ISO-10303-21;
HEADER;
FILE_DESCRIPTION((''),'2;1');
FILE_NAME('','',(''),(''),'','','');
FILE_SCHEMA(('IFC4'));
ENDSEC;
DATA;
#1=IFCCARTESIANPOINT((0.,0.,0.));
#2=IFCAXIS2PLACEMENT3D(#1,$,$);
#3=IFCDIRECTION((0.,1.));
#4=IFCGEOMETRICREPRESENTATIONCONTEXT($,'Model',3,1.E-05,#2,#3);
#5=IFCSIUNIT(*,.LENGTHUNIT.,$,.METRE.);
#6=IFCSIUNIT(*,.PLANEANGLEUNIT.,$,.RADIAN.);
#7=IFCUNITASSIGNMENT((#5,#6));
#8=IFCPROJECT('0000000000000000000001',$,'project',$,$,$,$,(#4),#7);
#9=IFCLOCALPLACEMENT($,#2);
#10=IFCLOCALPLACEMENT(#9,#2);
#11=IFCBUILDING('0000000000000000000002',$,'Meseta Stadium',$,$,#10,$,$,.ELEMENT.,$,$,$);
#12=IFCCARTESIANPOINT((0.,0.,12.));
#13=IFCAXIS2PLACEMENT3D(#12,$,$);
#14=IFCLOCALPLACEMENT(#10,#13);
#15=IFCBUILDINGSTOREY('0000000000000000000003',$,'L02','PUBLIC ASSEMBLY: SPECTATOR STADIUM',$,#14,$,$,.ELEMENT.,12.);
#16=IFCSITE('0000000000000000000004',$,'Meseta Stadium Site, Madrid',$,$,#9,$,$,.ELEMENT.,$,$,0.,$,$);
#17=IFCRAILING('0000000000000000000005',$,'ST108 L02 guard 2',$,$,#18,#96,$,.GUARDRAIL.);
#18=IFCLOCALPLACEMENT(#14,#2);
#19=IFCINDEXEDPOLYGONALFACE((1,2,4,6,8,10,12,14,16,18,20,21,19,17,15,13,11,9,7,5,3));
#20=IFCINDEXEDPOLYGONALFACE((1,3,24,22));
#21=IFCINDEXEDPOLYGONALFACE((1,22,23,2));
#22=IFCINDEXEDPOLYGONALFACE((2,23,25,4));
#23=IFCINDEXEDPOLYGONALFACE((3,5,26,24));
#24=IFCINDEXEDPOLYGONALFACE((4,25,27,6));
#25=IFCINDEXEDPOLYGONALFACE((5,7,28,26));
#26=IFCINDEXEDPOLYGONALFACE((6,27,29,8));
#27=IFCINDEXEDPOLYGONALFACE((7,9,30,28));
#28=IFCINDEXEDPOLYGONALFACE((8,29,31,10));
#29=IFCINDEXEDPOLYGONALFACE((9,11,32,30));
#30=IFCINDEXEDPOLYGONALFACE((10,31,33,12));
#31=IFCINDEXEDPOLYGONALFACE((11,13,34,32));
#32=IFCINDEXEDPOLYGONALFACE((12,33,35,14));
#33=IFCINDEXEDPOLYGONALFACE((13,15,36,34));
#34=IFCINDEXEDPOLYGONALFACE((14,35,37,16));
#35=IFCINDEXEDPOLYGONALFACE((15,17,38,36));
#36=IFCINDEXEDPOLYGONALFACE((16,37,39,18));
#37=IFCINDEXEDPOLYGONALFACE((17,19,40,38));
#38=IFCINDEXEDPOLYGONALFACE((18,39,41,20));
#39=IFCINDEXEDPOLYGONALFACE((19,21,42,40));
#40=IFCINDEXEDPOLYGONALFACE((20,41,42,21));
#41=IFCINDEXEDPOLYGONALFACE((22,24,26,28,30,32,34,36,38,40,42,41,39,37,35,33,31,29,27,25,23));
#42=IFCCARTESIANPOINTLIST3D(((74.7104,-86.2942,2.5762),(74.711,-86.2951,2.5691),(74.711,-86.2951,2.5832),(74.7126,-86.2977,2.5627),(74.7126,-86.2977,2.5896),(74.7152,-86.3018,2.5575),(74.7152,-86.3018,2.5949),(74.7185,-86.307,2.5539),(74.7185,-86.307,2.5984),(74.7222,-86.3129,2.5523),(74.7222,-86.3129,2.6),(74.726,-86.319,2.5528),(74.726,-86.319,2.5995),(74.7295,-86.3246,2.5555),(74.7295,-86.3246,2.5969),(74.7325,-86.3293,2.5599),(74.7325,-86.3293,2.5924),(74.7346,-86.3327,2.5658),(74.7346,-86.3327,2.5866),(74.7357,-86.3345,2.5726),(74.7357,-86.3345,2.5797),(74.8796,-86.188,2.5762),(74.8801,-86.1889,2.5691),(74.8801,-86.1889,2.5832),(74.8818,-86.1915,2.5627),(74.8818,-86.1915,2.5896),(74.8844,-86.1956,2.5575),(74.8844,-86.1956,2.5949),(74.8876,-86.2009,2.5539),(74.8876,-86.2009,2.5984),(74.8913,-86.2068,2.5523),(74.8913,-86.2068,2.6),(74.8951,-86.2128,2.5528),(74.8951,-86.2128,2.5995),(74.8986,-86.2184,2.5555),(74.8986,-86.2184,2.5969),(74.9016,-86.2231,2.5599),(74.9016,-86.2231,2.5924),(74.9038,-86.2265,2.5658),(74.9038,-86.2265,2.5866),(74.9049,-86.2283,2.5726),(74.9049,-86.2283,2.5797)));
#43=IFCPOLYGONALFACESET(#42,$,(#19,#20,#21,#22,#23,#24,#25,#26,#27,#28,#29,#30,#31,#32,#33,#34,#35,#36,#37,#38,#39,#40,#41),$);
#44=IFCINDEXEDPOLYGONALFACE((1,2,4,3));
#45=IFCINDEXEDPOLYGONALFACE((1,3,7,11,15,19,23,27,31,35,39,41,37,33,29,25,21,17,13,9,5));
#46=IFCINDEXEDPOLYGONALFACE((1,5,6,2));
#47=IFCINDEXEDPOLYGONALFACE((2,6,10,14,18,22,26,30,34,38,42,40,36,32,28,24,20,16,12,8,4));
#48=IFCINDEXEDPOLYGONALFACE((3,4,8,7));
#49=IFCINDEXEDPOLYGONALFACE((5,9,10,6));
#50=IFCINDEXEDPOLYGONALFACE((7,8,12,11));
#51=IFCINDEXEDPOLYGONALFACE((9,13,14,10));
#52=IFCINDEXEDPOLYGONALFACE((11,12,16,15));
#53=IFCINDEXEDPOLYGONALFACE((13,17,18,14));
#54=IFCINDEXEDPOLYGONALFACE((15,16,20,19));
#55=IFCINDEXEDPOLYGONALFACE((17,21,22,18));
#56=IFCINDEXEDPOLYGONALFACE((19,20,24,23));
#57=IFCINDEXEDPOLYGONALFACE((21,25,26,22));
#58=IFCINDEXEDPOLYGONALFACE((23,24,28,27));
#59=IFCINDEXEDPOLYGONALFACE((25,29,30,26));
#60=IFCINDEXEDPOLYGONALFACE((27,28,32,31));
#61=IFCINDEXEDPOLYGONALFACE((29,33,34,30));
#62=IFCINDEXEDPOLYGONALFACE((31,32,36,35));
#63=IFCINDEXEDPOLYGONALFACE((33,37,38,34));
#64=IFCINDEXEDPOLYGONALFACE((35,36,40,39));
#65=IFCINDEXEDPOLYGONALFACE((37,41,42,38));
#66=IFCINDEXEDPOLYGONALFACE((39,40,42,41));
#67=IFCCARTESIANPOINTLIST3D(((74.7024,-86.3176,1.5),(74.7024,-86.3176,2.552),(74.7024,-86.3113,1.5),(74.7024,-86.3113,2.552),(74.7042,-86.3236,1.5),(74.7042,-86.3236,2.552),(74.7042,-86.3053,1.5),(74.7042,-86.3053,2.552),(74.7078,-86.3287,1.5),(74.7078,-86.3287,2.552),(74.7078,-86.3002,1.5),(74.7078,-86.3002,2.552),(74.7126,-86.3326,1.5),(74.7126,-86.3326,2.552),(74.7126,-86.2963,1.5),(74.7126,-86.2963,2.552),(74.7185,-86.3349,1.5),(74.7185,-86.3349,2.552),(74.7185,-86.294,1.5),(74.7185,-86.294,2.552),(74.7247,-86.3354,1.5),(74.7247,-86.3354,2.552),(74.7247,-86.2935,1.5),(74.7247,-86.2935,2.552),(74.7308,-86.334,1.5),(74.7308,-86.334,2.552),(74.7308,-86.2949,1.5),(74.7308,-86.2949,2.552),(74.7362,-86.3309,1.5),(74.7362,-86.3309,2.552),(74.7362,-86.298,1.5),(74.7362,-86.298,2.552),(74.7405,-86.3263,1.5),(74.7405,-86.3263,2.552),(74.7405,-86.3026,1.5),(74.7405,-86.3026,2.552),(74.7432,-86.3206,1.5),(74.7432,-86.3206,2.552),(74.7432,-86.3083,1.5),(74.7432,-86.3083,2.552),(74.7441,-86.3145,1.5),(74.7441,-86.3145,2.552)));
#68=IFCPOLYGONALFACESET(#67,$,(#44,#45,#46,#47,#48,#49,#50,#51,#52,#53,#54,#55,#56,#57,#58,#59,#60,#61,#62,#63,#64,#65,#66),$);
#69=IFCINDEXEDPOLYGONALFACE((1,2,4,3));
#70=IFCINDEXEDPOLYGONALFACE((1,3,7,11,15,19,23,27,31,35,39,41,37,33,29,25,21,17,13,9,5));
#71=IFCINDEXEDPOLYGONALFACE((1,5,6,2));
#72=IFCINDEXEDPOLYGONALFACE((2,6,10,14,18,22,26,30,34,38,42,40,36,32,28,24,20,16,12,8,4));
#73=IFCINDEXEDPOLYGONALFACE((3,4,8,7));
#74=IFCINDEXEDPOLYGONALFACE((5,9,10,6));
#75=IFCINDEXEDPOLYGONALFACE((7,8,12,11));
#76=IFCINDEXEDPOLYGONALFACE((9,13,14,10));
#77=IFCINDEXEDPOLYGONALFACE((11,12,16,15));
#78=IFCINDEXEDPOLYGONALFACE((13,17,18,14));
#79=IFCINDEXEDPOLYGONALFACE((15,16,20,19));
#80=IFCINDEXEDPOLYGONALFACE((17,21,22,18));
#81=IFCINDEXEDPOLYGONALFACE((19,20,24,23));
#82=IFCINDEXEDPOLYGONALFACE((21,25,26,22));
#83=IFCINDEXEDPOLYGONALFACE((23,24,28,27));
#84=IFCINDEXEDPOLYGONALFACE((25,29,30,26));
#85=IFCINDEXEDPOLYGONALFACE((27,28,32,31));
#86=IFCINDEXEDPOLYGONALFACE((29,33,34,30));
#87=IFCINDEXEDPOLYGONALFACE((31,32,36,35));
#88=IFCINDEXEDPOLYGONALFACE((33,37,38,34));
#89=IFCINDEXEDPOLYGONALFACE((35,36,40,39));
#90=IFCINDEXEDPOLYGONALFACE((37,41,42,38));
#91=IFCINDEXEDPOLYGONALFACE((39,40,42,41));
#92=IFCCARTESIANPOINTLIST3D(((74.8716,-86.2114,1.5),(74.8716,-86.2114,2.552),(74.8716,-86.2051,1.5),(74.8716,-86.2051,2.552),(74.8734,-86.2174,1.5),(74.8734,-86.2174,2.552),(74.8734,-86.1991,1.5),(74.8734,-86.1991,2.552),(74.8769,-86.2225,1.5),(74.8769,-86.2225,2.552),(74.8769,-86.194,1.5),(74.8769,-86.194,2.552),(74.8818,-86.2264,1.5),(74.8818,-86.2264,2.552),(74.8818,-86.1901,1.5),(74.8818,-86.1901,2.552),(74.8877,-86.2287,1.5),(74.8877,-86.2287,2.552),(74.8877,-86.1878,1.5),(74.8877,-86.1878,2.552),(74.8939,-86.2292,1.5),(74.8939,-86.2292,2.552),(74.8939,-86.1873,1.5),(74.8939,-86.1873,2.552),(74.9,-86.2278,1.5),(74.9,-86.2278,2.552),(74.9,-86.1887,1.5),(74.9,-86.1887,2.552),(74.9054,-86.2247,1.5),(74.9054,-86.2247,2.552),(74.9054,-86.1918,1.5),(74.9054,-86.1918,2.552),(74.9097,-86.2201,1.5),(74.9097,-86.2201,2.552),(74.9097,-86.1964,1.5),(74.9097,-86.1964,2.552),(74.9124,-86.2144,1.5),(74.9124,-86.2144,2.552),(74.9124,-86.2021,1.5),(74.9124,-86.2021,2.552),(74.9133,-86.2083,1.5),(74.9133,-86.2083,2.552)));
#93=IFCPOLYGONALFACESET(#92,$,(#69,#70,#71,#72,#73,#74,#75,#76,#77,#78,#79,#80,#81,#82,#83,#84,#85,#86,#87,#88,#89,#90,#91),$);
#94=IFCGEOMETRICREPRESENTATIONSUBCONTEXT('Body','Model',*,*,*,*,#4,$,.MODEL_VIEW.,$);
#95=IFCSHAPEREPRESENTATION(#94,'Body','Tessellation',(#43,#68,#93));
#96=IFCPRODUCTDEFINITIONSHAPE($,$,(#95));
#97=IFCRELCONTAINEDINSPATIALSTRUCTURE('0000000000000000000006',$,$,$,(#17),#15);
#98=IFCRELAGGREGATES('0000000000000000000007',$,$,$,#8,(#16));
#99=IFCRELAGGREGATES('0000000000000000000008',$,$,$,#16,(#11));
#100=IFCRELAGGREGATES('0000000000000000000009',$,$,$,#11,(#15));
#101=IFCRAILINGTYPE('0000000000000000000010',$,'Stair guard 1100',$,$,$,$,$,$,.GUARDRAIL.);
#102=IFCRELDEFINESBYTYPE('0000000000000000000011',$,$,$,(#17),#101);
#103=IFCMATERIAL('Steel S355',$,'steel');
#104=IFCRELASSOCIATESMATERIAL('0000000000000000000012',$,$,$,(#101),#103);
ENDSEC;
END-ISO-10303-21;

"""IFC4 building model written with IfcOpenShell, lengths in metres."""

from ifc_helpers import new_model, si_unit, direction, frame, origin, origin_2d, place, context, subcontext, project, spatial, circle, extrude, material, type_object, element, save


model = new_model("IFC4")

# Units and contexts
model_context = context("Model", 3, precision=1e-05, world=origin(), true_north=direction((0.0, 1.0)))
body_context = subcontext(model_context, "Body", "Model", "MODEL_VIEW")
ifc_project = project(units=[si_unit("LENGTHUNIT", "METRE"), si_unit("PLANEANGLEUNIT", "RADIAN")], contexts=[model_context])

# Site, building, storey
site_placement = place(None, origin())
site = spatial("IfcSite", under=ifc_project, at=site_placement, Name="Meseta Stadium Site, Madrid", CompositionType="ELEMENT", RefElevation=0.0)
building_placement = place(site_placement, origin())
building = spatial("IfcBuilding", under=site, at=building_placement, Name="Meseta Stadium", CompositionType="ELEMENT")
storey_placement = place(building_placement, frame((0.0, 0.0, 12.0)))
storey = spatial("IfcBuildingStorey", under=building, at=storey_placement, Name="L02", Description="PUBLIC ASSEMBLY: SPECTATOR STADIUM", CompositionType="ELEMENT", Elevation=12.0)

# Railing
ifc_material_1 = material(Name="Steel S355", Category="steel")
railing_type_1 = type_object("IfcRailingType", Name="Stair guard 1100", PredefinedType="GUARDRAIL", material=ifc_material_1)
railing_1_placement = place(storey_placement, frame((74.7231, -86.3145, 1.5)))
element("IfcRailing", 1, at=railing_1_placement, inside=storey, type_object=railing_type_1, Name="ST108 L02 guard 2", PredefinedType="GUARDRAIL", context=body_context, shape_type="SweptSolid", body=[
    extrude(circle(Radius=0.0239, at=origin_2d()), frame((0.0, 0.0, 1.0762), z_axis=(0.846967, 0.531646, 0.0), x_axis=(-0.531646, 0.846967, 0.0)), (0.0, 0.0, 1.0), 0.1997),
    extrude(circle(Radius=0.021, at=origin_2d()), origin(), (0.0, 0.0, 1.0), 1.052),
    extrude(circle(Radius=0.021, at=origin_2d()), frame((0.1692, 0.1062, 0.0)), (0.0, 0.0, 1.0), 1.052),
])

save(model, "model.ifc")
